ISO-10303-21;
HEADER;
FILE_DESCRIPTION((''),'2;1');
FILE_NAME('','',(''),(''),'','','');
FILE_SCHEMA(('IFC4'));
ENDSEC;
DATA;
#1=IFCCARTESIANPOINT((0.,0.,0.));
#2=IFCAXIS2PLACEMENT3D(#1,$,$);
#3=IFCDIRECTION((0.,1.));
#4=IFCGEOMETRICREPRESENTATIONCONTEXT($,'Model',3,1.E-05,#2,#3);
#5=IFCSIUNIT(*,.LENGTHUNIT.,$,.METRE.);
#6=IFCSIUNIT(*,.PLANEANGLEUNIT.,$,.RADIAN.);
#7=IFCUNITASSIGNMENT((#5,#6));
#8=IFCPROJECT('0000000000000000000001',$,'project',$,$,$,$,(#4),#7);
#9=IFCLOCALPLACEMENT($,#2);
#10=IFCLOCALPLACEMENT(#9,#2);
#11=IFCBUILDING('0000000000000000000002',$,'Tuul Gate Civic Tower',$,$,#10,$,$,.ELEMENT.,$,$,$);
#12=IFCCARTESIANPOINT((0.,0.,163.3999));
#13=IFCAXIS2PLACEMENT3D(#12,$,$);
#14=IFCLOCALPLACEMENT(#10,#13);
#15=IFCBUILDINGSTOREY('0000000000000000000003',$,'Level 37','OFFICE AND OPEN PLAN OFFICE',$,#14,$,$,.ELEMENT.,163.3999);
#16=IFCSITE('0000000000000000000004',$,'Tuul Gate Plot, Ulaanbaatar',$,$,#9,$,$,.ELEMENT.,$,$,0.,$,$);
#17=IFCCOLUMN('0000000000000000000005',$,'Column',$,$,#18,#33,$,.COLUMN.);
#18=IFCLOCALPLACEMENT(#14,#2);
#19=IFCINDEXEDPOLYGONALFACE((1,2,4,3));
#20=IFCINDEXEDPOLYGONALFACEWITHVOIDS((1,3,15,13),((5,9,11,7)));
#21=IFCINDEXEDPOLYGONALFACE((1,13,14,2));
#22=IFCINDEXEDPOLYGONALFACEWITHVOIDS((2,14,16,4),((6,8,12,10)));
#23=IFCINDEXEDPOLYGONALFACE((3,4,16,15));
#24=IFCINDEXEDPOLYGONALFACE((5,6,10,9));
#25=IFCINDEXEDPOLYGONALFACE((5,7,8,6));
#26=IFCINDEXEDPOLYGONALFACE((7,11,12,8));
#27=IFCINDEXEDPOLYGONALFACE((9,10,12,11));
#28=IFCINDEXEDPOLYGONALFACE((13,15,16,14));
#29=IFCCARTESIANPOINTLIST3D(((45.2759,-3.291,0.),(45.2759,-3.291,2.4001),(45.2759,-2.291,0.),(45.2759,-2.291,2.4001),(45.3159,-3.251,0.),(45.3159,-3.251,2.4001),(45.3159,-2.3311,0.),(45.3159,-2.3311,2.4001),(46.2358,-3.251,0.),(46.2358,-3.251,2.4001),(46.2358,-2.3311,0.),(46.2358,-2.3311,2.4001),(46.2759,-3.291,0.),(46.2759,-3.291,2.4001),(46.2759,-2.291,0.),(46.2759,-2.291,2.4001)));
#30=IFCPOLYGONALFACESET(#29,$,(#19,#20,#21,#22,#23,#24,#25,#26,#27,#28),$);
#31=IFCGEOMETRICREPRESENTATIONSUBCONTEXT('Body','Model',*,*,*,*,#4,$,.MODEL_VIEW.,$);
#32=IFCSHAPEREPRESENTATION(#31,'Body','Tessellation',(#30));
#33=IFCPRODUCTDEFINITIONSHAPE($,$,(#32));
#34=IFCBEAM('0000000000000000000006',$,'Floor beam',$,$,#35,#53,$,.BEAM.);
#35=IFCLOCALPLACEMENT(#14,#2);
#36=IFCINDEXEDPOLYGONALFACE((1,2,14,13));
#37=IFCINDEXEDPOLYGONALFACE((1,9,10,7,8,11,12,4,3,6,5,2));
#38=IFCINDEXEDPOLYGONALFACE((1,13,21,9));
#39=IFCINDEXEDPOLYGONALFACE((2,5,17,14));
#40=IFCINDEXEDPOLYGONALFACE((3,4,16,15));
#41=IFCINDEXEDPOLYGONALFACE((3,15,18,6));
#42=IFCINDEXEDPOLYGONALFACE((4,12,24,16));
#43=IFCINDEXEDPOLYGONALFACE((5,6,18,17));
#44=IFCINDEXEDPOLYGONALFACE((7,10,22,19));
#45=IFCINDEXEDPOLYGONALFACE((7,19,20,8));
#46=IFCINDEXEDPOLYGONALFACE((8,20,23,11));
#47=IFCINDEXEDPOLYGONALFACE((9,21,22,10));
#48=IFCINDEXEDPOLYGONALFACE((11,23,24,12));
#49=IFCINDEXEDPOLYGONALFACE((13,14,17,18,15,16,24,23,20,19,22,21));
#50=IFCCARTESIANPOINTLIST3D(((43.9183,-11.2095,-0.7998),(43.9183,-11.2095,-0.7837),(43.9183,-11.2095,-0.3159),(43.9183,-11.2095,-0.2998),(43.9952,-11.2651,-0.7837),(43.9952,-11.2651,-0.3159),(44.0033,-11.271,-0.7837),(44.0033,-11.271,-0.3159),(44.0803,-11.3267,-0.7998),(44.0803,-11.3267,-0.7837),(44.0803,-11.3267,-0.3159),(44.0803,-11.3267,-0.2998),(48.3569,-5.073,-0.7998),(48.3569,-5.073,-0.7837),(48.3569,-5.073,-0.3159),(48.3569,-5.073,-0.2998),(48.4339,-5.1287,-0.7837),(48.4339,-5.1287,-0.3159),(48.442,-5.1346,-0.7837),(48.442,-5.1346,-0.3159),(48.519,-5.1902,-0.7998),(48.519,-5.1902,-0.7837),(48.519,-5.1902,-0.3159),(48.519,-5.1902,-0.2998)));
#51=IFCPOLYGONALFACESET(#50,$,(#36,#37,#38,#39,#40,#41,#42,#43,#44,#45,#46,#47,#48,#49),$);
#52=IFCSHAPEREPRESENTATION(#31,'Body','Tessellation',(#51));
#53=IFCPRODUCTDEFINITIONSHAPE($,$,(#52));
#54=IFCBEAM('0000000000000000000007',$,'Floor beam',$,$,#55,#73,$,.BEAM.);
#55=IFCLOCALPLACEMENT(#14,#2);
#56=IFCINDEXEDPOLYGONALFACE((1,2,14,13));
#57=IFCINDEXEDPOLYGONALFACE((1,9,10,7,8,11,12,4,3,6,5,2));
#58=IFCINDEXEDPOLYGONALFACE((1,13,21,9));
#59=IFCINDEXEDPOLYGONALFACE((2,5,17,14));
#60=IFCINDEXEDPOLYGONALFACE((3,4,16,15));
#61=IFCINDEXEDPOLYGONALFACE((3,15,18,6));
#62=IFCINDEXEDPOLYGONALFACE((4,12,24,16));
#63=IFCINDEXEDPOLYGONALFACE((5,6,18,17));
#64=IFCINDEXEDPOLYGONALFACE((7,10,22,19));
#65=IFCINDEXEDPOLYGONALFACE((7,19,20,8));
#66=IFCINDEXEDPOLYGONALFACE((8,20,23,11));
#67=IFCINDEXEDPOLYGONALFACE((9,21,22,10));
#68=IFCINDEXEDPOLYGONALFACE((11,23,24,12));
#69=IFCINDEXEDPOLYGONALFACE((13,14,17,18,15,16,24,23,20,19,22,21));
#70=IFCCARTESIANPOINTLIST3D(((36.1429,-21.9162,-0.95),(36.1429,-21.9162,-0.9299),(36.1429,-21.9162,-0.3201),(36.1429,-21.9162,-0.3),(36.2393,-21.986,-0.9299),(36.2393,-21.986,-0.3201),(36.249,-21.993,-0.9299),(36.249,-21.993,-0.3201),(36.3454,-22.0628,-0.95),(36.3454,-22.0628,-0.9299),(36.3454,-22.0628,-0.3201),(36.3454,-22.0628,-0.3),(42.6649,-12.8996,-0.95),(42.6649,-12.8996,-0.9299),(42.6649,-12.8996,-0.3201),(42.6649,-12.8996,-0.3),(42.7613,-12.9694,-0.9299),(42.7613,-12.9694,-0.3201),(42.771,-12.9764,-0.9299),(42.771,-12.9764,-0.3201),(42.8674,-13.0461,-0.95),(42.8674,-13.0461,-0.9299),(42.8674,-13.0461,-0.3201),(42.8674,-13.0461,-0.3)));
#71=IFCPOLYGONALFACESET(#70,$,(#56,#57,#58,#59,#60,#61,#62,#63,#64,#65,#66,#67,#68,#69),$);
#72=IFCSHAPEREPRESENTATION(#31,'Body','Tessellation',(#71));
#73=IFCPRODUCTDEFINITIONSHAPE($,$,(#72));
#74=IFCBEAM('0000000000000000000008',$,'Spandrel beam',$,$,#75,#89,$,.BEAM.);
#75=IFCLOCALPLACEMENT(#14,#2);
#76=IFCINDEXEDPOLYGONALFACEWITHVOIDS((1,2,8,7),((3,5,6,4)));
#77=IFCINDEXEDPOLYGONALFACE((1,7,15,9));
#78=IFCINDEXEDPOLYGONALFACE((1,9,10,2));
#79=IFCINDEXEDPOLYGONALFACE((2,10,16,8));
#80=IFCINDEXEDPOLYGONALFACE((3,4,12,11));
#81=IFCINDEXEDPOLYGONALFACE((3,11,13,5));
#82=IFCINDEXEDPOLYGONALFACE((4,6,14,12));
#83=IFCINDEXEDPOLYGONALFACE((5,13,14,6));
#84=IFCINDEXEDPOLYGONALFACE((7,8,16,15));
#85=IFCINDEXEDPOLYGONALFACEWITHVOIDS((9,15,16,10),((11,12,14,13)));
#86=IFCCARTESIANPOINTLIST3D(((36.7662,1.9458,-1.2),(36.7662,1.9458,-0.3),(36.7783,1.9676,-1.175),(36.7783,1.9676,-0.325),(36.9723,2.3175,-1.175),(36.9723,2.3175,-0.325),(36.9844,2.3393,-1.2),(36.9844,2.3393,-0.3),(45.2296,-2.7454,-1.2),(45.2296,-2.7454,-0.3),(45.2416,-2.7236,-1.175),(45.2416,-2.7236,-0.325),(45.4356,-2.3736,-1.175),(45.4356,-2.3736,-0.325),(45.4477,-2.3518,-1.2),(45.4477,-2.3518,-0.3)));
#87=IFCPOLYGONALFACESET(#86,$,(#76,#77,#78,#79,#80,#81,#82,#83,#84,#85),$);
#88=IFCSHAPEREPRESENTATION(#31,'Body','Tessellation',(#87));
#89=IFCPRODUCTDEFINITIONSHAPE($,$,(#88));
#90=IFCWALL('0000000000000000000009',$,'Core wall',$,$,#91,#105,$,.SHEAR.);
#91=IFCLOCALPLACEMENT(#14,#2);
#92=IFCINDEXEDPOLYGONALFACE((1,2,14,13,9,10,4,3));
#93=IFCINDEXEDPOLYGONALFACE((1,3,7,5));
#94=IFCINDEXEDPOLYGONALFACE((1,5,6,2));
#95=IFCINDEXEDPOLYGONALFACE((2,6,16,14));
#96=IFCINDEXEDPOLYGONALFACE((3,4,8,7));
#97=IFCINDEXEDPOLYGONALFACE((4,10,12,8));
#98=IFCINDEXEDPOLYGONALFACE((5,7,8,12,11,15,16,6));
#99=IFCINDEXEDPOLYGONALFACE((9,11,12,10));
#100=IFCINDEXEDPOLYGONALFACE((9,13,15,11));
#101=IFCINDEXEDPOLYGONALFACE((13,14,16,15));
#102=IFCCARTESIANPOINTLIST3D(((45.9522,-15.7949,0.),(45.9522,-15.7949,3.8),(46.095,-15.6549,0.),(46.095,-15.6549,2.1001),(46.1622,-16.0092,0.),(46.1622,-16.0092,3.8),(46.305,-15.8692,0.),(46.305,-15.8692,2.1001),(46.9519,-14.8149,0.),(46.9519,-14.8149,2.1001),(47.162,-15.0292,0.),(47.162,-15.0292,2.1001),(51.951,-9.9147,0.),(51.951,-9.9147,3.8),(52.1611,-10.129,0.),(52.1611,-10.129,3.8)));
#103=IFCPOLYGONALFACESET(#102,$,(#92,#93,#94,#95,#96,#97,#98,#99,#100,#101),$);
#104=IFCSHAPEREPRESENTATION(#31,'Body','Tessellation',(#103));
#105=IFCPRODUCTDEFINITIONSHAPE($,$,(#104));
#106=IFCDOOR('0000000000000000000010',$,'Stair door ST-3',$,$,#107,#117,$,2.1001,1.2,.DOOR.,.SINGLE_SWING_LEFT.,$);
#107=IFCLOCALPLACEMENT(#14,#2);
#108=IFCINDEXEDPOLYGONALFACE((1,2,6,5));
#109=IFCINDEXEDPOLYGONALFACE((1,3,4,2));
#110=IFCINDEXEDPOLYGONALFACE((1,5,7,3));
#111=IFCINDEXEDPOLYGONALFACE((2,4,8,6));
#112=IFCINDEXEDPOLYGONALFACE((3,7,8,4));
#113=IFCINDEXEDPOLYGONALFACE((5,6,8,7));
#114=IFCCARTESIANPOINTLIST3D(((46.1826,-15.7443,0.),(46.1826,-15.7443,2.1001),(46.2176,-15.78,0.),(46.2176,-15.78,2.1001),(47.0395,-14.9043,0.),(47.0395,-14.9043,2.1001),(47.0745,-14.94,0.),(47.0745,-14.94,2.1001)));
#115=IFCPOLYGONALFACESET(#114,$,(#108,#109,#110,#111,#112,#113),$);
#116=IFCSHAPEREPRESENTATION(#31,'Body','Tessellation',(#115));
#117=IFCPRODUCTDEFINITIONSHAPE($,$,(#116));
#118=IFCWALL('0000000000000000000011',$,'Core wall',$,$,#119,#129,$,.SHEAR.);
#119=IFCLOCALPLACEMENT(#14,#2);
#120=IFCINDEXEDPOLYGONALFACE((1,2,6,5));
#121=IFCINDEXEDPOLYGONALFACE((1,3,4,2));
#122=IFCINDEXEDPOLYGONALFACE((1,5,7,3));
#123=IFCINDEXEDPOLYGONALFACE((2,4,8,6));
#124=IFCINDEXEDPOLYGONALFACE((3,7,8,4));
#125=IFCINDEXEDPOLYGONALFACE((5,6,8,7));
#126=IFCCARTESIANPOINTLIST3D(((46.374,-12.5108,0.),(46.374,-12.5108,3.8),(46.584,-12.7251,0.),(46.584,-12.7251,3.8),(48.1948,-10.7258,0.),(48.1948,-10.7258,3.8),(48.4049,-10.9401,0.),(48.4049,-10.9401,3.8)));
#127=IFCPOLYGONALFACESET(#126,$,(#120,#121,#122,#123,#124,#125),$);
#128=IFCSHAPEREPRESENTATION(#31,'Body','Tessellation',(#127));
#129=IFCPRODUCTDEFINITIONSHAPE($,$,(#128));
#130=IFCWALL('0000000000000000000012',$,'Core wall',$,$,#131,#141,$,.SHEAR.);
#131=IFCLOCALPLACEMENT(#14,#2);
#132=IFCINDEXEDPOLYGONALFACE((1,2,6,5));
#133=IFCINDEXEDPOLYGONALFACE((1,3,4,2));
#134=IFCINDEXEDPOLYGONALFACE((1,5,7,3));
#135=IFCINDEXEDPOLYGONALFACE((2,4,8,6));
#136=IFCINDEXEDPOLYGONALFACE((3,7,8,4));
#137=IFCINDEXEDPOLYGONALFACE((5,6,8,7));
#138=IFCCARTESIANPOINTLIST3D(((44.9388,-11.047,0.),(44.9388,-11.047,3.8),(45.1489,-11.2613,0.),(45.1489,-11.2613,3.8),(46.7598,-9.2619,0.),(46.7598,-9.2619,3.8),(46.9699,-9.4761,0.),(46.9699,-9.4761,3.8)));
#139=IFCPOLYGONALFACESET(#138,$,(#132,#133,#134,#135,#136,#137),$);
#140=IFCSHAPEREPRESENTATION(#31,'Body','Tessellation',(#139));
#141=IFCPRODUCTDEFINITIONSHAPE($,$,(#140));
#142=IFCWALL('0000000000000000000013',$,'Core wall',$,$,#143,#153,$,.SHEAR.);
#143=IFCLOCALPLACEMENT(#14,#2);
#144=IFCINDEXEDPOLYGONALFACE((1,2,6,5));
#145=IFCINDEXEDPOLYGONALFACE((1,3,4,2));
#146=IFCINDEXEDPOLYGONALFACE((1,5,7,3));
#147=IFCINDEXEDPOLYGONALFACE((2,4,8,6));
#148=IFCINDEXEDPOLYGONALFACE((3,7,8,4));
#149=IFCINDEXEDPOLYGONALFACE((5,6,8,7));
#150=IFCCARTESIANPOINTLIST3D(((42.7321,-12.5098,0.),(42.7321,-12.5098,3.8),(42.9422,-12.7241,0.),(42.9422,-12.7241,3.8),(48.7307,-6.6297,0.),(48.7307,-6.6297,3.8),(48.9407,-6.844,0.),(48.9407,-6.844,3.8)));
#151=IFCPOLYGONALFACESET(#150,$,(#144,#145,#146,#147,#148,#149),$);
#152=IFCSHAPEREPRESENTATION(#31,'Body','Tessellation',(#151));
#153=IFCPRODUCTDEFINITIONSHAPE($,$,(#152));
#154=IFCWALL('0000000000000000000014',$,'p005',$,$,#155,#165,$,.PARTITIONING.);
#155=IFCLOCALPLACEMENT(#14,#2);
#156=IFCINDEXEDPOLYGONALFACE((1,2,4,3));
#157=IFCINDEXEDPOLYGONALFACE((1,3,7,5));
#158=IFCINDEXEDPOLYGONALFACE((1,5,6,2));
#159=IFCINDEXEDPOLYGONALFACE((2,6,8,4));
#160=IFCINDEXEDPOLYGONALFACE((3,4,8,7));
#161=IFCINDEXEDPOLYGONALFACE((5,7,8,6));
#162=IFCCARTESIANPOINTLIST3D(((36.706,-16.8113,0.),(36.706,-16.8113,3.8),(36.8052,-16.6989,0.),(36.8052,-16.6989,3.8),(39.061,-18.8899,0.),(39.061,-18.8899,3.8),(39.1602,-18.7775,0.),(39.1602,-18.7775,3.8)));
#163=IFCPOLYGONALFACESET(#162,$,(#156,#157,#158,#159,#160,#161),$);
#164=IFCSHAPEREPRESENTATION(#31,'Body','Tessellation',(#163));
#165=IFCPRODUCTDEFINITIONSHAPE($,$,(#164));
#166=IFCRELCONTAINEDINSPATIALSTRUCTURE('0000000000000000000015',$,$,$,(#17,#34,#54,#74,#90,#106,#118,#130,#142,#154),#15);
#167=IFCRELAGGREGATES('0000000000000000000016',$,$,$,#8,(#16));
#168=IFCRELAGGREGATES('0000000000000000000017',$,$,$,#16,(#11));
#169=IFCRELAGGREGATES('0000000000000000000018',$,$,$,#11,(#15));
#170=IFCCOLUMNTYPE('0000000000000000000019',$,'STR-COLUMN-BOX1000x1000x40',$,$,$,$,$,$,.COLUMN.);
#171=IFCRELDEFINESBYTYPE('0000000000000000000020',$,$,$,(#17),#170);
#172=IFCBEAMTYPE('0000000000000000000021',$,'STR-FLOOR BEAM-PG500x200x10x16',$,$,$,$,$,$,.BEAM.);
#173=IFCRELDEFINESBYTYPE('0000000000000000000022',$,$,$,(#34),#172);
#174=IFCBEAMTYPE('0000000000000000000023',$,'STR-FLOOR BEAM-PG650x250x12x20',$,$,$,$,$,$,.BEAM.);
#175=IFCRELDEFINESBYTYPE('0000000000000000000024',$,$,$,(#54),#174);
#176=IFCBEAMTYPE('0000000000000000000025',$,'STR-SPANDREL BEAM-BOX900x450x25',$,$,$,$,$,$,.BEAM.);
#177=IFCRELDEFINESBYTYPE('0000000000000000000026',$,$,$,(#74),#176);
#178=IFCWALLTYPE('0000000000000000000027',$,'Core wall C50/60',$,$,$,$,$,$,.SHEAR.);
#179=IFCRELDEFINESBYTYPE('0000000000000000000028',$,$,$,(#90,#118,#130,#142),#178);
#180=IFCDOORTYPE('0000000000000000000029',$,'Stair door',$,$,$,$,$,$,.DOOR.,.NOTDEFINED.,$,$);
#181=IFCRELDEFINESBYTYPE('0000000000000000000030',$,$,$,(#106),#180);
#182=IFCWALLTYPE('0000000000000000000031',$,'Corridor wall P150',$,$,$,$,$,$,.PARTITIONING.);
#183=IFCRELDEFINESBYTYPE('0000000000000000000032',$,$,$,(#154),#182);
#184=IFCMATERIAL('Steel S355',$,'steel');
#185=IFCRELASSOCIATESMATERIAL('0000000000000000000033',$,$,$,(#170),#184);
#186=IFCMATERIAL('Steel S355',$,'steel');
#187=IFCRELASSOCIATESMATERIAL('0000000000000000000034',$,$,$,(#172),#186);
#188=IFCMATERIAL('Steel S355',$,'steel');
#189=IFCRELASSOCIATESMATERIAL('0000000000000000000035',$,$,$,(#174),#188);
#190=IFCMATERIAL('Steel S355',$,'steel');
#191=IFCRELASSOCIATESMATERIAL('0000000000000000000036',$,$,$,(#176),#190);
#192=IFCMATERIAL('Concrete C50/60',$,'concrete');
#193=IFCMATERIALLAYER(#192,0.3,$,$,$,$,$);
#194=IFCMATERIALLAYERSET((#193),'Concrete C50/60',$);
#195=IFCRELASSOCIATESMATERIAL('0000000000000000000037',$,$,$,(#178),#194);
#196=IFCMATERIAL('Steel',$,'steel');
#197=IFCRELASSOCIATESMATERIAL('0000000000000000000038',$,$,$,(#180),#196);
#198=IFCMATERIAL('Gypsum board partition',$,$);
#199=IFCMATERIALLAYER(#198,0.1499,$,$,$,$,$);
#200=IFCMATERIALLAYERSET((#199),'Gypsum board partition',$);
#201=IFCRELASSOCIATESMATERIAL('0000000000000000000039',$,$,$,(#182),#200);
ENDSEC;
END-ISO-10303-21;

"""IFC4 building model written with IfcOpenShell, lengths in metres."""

from ifc_helpers import new_model, si_unit, direction, frame, frame_2d, origin, origin_2d, place, context, subcontext, project, spatial, rectangle, hollow_rectangle, i_section, extrude, material, layer, layer_set, material_profile, profile_set, type_object, element, fill, save


model = new_model("IFC4")

# Units and contexts
model_context = context("Model", 3, precision=1e-05, world=origin(), true_north=direction((0.0, 1.0)))
body_context = subcontext(model_context, "Body", "Model", "MODEL_VIEW")
ifc_project = project(units=[si_unit("LENGTHUNIT", "METRE"), si_unit("PLANEANGLEUNIT", "RADIAN")], contexts=[model_context])

# Site, building, storey
site_placement = place(None, origin())
site = spatial("IfcSite", under=ifc_project, at=site_placement, Name="Tuul Gate Plot, Ulaanbaatar", CompositionType="ELEMENT", RefElevation=0.0)
building_placement = place(site_placement, origin())
building = spatial("IfcBuilding", under=site, at=building_placement, Name="Tuul Gate Civic Tower", CompositionType="ELEMENT")
storey_placement = place(building_placement, frame((0.0, 0.0, 163.3999)))
storey = spatial("IfcBuildingStorey", under=building, at=storey_placement, Name="Level 37", Description="OFFICE AND OPEN PLAN OFFICE", CompositionType="ELEMENT", Elevation=163.3999)

# Column
ifc_material_1 = material(Name="Steel S355", Category="steel")
ifc_material_profile_1 = material_profile(ifc_material_1, hollow_rectangle(XDim=1.0, YDim=1.0, WallThickness=0.04, at=origin_2d()), Name="BOX1000x1000x40")
ifc_profile_set_1 = profile_set([ifc_material_profile_1], Name="Steel S355")
column_type = type_object("IfcColumnType", Name="STR-COLUMN-BOX1000x1000x40", PredefinedType="COLUMN", material=ifc_profile_set_1)
column_placement = place(storey_placement, frame((45.7759, -2.791, 0.0), z_axis=(0.0, 0.0, 1.0), x_axis=(1.0, 0.0, 0.0)))
element("IfcColumn", 1, at=column_placement, inside=storey, type_object=column_type, Name="Column", PredefinedType="COLUMN", context=body_context, shape_type="SweptSolid", body=[
    extrude(hollow_rectangle(XDim=1.0, YDim=1.0, WallThickness=0.04, at=origin_2d()), origin(), (0.0, 0.0, 1.0), 2.4001),
])

# Beams
ifc_material_2 = material(Name="Steel S355", Category="steel")
ifc_material_profile_2 = material_profile(ifc_material_2, i_section(OverallWidth=0.2, OverallDepth=0.5, WebThickness=0.01, FlangeThickness=0.0161, at=origin_2d()), Name="PG500x200x10x16")
ifc_profile_set_2 = profile_set([ifc_material_profile_2], Name="Steel S355")
beam_type_1 = type_object("IfcBeamType", Name="STR-FLOOR BEAM-PG500x200x10x16", PredefinedType="BEAM", material=ifc_profile_set_2)
beam_1_placement = place(storey_placement, frame((43.9993, -11.2681, -0.5498), z_axis=(0.586082, 0.810251, 0.0), x_axis=(-0.810251, 0.586082, 0.0)))
element("IfcBeam", 2, at=beam_1_placement, inside=storey, type_object=beam_type_1, Name="Floor beam", PredefinedType="BEAM", context=body_context, shape_type="SweptSolid", body=[
    extrude(i_section(OverallWidth=0.2, OverallDepth=0.5, WebThickness=0.01, FlangeThickness=0.0161, at=origin_2d()), origin(), (0.0, 0.0, 1.0), 7.5735),
])
ifc_material_3 = material(Name="Steel S355", Category="steel")
ifc_material_profile_3 = material_profile(ifc_material_3, i_section(OverallWidth=0.25, OverallDepth=0.6499, WebThickness=0.012, FlangeThickness=0.02, at=origin_2d()), Name="PG650x250x12x20")
ifc_profile_set_3 = profile_set([ifc_material_profile_3], Name="Steel S355")
beam_type_2 = type_object("IfcBeamType", Name="STR-FLOOR BEAM-PG650x250x12x20", PredefinedType="BEAM", material=ifc_profile_set_3)
beam_2_placement = place(storey_placement, frame((36.2441, -21.9895, -0.625), z_axis=(0.58608, 0.810253, 0.0), x_axis=(-0.810253, 0.58608, 0.0)))
element("IfcBeam", 3, at=beam_2_placement, inside=storey, type_object=beam_type_2, Name="Floor beam", PredefinedType="BEAM", context=body_context, shape_type="SweptSolid", body=[
    extrude(i_section(OverallWidth=0.25, OverallDepth=0.6499, WebThickness=0.012, FlangeThickness=0.02, at=origin_2d()), origin(), (0.0, 0.0, 1.0), 11.1282),
])
ifc_material_4 = material(Name="Steel S355", Category="steel")
ifc_material_profile_4 = material_profile(ifc_material_4, hollow_rectangle(XDim=0.45, YDim=0.8999, WallThickness=0.0249, at=origin_2d()), Name="BOX900x450x25")
ifc_profile_set_4 = profile_set([ifc_material_profile_4], Name="Steel S355")
beam_type_3 = type_object("IfcBeamType", Name="STR-SPANDREL BEAM-BOX900x450x25", PredefinedType="BEAM", material=ifc_profile_set_4)
beam_3_placement = place(storey_placement, frame((45.3386, -2.5486, -0.75), z_axis=(-0.874627, 0.484797, 0.0), x_axis=(-0.484797, -0.874627, 0.0)))
element("IfcBeam", 4, at=beam_3_placement, inside=storey, type_object=beam_type_3, Name="Spandrel beam", PredefinedType="BEAM", context=body_context, shape_type="SweptSolid", body=[
    extrude(hollow_rectangle(XDim=0.45, YDim=0.8999, WallThickness=0.0249, at=origin_2d()), origin(), (0.0, 0.0, 1.0), 9.6765),
])

# Wall, opening, door
ifc_material_5 = material(Name="Concrete C50/60", Category="concrete")
ifc_layer_1 = layer(ifc_material_5, 0.3)
ifc_layer_set_1 = layer_set([ifc_layer_1], Name="Concrete C50/60")
wall_type_1 = type_object("IfcWallType", Name="Core wall C50/60", PredefinedType="SHEAR", material=ifc_layer_set_1)
wall_1_placement = place(storey_placement, frame((46.0571, -15.9021, 0.0), z_axis=(0.0, 0.0, 1.0), x_axis=(0.714134, 0.700009, 0.0)))
wall_1 = element("IfcWall", 5, at=wall_1_placement, inside=storey, type_object=wall_type_1, Name="Core wall", PredefinedType="SHEAR", context=body_context, shape_type="SweptSolid", body=[
    extrude(rectangle(XDim=8.4001, YDim=0.3, at=frame_2d((4.2002, 0.0))), origin(), (0.0, 0.0, 1.0), 3.8),
])
opening_1_placement = place(wall_1_placement, frame((0.2, 0.0, 0.0)))
opening_1 = element("IfcOpeningElement", 6, at=opening_1_placement, cuts=wall_1, PredefinedType="OPENING", context=body_context, shape_type="SweptSolid", body=[
    extrude(rectangle(XDim=1.2, YDim=2.1001, at=frame_2d((0.6001, 1.05))), frame((0.0, 0.1602, 0.0), z_axis=(0.0, -1.0, 0.0), x_axis=(1.0, 0.0, 0.0)), (0.0, 0.0, 1.0), 0.3201),
])
ifc_material_6 = material(Name="Steel", Category="steel")
door_type_1 = type_object("IfcDoorType", Name="Stair door", OperationType="NOTDEFINED", PredefinedType="DOOR", material=ifc_material_6)
door_1_placement = place(opening_1_placement, origin())
door_1 = element("IfcDoor", 7, at=door_1_placement, inside=storey, type_object=door_type_1, Name="Stair door ST-3", OperationType="SINGLE_SWING_LEFT", OverallHeight=2.1001, OverallWidth=1.2, PredefinedType="DOOR", context=body_context, shape_type="SweptSolid", body=[
    extrude(rectangle(XDim=1.2, YDim=2.1001, at=frame_2d((0.6001, 1.05))), frame((0.0, 0.0249, 0.0), z_axis=(0.0, -1.0, 0.0), x_axis=(1.0, 0.0, 0.0)), (0.0, 0.0, 1.0), 0.05),
])
fill(opening_1, door_1)

# Walls
wall_2_placement = place(storey_placement, frame((46.479, -12.6179, 0.0), z_axis=(0.0, 0.0, 1.0), x_axis=(0.714109, 0.700034, 0.0)))
element("IfcWall", 8, at=wall_2_placement, inside=storey, type_object=wall_type_1, Name="Core wall", PredefinedType="SHEAR", context=body_context, shape_type="SweptSolid", body=[
    extrude(rectangle(XDim=2.5498, YDim=0.3, at=frame_2d((1.2749, 0.0))), origin(), (0.0, 0.0, 1.0), 3.8),
])
wall_3_placement = place(storey_placement, frame((45.0439, -11.1541, 0.0), z_axis=(0.0, 0.0, 1.0), x_axis=(0.714108, 0.700035, 0.0)))
element("IfcWall", 9, at=wall_3_placement, inside=storey, type_object=wall_type_1, Name="Core wall", PredefinedType="SHEAR", context=body_context, shape_type="SweptSolid", body=[
    extrude(rectangle(XDim=2.55, YDim=0.3, at=frame_2d((1.2749, 0.0))), origin(), (0.0, 0.0, 1.0), 3.8),
])
wall_4_placement = place(storey_placement, frame((42.8372, -12.6169, 0.0), z_axis=(0.0, 0.0, 1.0), x_axis=(0.71412, 0.700023, 0.0)))
element("IfcWall", 10, at=wall_4_placement, inside=storey, type_object=wall_type_1, Name="Core wall", PredefinedType="SHEAR", context=body_context, shape_type="SweptSolid", body=[
    extrude(rectangle(XDim=8.3999, YDim=0.3, at=frame_2d((4.2, 0.0))), origin(), (0.0, 0.0, 1.0), 3.8),
])
ifc_material_7 = material(Name="Gypsum board partition")
ifc_layer_2 = layer(ifc_material_7, 0.1499)
ifc_layer_set_2 = layer_set([ifc_layer_2], Name="Gypsum board partition")
wall_type_2 = type_object("IfcWallType", Name="Corridor wall P150", PredefinedType="PARTITIONING", material=ifc_layer_set_2)
wall_5_placement = place(storey_placement, frame((36.7556, -16.7551, 0.0), z_axis=(0.0, 0.0, 1.0), x_axis=(0.749729, -0.661745, 0.0)))
element("IfcWall", 11, at=wall_5_placement, inside=storey, type_object=wall_type_2, Name="p005", PredefinedType="PARTITIONING", context=body_context, shape_type="SweptSolid", body=[
    extrude(rectangle(XDim=3.1411, YDim=0.1499, at=frame_2d((1.5706, 0.0))), origin(), (0.0, 0.0, 1.0), 3.8),
])

save(model, "model.ifc")
